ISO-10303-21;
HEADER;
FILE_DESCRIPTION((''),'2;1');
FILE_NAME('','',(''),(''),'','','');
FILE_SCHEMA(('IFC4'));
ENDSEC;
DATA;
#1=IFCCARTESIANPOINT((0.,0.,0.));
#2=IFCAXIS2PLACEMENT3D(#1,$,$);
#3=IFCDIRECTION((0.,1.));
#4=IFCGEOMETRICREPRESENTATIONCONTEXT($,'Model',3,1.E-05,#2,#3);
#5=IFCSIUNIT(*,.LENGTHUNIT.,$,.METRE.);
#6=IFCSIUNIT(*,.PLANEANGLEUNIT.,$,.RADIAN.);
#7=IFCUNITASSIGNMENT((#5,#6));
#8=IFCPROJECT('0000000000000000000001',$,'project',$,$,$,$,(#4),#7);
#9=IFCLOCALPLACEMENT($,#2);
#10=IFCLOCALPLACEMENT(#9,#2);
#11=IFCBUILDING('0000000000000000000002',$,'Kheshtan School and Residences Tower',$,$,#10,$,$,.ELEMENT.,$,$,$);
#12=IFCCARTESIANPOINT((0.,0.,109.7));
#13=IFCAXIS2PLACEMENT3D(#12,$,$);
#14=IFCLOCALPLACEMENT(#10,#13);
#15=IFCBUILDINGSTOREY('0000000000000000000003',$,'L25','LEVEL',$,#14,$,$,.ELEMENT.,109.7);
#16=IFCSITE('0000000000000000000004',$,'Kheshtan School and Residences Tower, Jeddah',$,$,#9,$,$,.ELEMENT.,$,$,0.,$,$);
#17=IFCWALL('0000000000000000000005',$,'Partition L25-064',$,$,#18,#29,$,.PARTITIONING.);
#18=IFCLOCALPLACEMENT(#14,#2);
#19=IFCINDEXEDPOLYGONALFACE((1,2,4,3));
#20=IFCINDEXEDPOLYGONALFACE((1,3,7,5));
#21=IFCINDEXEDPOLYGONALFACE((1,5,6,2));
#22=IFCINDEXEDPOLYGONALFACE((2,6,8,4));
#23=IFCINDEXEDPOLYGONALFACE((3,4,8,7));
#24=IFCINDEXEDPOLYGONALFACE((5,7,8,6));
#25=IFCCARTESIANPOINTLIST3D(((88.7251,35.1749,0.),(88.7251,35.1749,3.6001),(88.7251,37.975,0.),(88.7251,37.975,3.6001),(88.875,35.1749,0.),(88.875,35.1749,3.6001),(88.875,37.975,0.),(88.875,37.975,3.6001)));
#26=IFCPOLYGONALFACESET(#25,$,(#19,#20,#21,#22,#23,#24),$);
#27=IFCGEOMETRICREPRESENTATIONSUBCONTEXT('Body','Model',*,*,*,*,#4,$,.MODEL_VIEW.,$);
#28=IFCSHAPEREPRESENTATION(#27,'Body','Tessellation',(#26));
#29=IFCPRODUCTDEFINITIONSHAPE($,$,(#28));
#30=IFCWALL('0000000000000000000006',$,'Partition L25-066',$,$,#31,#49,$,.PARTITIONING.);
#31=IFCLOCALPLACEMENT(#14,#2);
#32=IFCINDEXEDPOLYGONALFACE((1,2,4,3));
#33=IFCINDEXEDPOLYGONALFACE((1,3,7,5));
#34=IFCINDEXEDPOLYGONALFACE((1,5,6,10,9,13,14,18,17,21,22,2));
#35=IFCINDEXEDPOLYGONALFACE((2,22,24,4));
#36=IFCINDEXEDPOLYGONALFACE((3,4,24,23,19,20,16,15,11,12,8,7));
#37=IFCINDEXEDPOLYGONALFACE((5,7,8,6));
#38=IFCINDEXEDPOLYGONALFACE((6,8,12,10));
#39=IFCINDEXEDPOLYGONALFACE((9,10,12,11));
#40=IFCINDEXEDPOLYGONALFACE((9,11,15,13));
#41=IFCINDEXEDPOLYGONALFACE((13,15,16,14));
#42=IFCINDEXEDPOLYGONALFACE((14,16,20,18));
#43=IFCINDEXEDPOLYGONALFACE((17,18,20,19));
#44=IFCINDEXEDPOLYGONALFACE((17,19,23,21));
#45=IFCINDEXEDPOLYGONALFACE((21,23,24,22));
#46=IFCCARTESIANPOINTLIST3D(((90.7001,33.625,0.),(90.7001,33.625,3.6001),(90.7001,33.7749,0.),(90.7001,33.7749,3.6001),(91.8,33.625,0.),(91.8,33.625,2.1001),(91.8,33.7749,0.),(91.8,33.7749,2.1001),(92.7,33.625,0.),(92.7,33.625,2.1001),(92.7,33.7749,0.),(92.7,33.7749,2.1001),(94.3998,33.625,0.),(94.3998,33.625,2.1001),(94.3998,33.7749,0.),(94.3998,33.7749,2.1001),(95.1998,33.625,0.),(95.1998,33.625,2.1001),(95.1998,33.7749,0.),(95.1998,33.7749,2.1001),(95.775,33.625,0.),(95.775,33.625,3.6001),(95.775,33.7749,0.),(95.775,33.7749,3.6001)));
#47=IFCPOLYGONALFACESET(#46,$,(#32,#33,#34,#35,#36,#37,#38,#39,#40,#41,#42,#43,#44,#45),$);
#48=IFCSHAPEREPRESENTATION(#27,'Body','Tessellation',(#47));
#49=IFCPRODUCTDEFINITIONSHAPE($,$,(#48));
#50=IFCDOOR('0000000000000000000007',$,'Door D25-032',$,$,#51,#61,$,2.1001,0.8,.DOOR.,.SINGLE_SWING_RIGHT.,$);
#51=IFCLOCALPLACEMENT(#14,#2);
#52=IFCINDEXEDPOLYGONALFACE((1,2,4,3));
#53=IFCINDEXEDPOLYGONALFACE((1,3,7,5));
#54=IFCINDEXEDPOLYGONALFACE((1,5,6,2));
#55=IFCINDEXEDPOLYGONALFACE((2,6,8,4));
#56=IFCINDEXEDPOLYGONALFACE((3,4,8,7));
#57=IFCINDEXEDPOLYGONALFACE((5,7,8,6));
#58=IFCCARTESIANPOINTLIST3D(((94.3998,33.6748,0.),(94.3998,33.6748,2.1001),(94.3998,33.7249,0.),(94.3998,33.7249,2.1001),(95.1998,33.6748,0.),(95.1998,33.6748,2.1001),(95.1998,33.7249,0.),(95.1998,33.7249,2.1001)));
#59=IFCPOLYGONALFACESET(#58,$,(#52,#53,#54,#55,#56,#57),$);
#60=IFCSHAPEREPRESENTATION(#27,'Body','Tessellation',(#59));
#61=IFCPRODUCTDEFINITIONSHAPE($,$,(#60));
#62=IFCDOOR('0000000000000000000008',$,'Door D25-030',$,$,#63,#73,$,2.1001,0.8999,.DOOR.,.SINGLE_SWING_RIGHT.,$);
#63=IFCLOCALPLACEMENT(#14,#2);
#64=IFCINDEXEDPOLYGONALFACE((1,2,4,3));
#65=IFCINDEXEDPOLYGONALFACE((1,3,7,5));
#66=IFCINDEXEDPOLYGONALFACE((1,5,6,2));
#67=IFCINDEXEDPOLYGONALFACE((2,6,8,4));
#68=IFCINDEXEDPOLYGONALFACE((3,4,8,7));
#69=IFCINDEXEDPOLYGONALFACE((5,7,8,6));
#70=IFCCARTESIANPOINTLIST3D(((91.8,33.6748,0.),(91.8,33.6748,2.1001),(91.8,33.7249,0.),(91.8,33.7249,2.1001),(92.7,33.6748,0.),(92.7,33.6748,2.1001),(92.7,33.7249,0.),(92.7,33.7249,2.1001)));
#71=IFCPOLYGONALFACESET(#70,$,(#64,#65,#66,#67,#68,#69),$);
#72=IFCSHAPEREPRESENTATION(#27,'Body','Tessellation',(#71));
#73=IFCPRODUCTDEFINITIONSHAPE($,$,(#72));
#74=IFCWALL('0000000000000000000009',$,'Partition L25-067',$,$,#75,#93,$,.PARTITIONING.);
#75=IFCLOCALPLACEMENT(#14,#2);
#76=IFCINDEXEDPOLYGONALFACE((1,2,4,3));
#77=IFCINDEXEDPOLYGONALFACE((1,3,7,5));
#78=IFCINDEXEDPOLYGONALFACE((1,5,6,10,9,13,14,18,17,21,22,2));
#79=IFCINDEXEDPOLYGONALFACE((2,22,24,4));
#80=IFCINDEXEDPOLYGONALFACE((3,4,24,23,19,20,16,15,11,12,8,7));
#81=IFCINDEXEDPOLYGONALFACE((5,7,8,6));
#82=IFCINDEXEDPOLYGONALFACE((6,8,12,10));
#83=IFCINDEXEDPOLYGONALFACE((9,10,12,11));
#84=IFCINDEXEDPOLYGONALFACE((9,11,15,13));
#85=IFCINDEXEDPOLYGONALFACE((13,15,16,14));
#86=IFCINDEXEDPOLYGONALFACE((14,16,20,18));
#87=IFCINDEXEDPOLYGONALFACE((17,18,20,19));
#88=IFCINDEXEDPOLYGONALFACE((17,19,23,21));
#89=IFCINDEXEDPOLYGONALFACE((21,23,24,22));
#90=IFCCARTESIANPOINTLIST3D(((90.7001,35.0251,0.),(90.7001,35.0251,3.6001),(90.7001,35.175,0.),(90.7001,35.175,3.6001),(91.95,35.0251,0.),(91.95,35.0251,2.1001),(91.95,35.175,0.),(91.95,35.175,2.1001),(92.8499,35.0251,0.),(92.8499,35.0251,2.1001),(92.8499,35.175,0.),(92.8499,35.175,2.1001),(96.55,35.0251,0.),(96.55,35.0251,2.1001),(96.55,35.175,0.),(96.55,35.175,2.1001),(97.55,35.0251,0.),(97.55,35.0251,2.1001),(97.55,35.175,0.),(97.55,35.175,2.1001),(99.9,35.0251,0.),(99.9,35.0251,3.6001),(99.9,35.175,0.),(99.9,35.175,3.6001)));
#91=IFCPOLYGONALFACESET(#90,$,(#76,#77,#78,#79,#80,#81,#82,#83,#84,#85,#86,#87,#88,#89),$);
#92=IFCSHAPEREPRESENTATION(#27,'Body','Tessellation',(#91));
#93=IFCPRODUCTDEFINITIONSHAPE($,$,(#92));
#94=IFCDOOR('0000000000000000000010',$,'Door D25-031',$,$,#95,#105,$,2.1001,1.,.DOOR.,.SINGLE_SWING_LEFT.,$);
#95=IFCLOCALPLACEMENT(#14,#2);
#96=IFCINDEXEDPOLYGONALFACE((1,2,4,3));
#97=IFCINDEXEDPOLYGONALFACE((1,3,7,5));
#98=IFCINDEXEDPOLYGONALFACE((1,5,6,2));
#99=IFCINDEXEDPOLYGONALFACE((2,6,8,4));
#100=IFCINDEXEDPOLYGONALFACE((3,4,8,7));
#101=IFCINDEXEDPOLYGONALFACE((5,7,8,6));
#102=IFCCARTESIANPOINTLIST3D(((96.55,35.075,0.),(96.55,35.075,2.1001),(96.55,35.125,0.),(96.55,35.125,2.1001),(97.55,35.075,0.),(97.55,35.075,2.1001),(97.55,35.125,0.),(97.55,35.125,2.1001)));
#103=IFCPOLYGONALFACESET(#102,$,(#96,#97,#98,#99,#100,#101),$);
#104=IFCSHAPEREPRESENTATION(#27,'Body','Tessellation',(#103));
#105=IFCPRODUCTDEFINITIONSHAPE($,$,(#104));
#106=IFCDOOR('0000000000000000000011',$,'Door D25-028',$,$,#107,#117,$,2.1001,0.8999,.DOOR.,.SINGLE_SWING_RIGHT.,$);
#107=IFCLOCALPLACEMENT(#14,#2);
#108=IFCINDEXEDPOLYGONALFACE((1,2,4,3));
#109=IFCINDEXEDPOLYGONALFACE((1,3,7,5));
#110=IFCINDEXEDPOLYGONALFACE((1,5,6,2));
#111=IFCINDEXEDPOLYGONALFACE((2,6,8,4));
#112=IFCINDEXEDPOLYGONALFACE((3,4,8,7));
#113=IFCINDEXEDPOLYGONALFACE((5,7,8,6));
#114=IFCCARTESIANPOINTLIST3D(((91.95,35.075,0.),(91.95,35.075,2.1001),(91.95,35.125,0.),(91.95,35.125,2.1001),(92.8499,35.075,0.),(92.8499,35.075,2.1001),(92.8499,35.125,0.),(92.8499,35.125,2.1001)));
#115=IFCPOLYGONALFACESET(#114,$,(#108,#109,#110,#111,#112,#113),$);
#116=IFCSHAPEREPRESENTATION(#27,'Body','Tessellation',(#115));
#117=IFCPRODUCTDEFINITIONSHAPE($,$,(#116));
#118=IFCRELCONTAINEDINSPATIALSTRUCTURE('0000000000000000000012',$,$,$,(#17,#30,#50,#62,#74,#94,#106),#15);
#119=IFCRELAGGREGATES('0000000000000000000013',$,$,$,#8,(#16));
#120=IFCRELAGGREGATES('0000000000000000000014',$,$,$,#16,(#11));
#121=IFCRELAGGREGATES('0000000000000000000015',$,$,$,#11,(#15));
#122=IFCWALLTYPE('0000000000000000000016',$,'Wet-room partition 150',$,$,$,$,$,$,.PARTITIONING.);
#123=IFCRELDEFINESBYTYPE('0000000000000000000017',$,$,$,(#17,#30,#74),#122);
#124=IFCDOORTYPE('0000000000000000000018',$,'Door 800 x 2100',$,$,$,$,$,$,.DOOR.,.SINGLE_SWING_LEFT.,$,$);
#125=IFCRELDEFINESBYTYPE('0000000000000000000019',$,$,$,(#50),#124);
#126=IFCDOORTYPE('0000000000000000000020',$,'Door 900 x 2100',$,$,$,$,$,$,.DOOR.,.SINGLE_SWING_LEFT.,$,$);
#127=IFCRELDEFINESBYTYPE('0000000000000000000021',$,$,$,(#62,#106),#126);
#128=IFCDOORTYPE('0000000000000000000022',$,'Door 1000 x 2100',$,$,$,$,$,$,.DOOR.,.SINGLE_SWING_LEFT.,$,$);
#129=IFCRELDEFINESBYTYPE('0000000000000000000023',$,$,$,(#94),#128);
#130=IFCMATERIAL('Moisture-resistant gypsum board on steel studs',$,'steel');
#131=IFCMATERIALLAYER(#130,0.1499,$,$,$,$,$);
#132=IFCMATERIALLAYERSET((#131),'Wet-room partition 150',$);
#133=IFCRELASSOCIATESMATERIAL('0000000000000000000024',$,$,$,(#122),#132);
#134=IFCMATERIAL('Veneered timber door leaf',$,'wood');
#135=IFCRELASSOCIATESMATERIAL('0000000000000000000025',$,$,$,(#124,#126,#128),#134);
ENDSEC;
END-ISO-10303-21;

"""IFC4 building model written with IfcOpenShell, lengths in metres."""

from ifc_helpers import new_model, si_unit, direction, frame, frame_2d, origin, place, context, subcontext, project, spatial, rectangle, extrude, source, transform, mapped, material, layer, layer_set, type_object, element, fill, save


model = new_model("IFC4")

# Units and contexts
model_context = context("Model", 3, precision=1e-05, world=origin(), true_north=direction((0.0, 1.0)))
body_context = subcontext(model_context, "Body", "Model", "MODEL_VIEW")
ifc_project = project(units=[si_unit("LENGTHUNIT", "METRE"), si_unit("PLANEANGLEUNIT", "RADIAN")], contexts=[model_context])

# Site, building, storey
site_placement = place(None, origin())
site = spatial("IfcSite", under=ifc_project, at=site_placement, Name="Kheshtan School and Residences Tower, Jeddah", CompositionType="ELEMENT", RefElevation=0.0)
building_placement = place(site_placement, origin())
building = spatial("IfcBuilding", under=site, at=building_placement, Name="Kheshtan School and Residences Tower", CompositionType="ELEMENT")
storey_placement = place(building_placement, frame((0.0, 0.0, 109.7)))
storey = spatial("IfcBuildingStorey", under=building, at=storey_placement, Name="L25", Description="LEVEL", CompositionType="ELEMENT", Elevation=109.7)

# Wall
ifc_material_1 = material(Name="Moisture-resistant gypsum board on steel studs", Category="steel")
ifc_layer_1 = layer(ifc_material_1, 0.1499)
ifc_layer_set_1 = layer_set([ifc_layer_1], Name="Wet-room partition 150")
wall_type_1 = type_object("IfcWallType", Name="Wet-room partition 150", PredefinedType="PARTITIONING", material=ifc_layer_set_1)
wall_1_placement = place(storey_placement, frame((88.8, 35.175, 0.0), z_axis=(0.0, 0.0, 1.0), x_axis=(0.0, 1.0, 0.0)))
element("IfcWall", 1, at=wall_1_placement, inside=storey, type_object=wall_type_1, Name="Partition L25-064", PredefinedType="PARTITIONING", context=body_context, shape_type="SweptSolid", body=[
    extrude(rectangle(XDim=2.8, YDim=0.1499, at=frame_2d((1.3999, 0.0))), origin(), (0.0, 0.0, 1.0), 3.6001),
])

# Walls, openings, doors
wall_2_placement = place(storey_placement, frame((90.7, 33.7, 0.0), z_axis=(0.0, 0.0, 1.0), x_axis=(1.0, 0.0, 0.0)))
wall_2 = element("IfcWall", 2, at=wall_2_placement, inside=storey, type_object=wall_type_1, Name="Partition L25-066", PredefinedType="PARTITIONING", context=body_context, shape_type="SweptSolid", body=[
    extrude(rectangle(XDim=5.075, YDim=0.1499, at=frame_2d((2.5376, 0.0))), origin(), (0.0, 0.0, 1.0), 3.6001),
])
opening_1_placement = place(wall_2_placement, frame((1.1001, 0.0, 0.0)))
opening_1 = element("IfcOpeningElement", 3, at=opening_1_placement, cuts=wall_2, PredefinedType="OPENING", context=body_context, shape_type="SweptSolid", body=[
    extrude(rectangle(XDim=0.8999, YDim=2.1001, at=frame_2d((0.45, 1.05))), frame((0.0, 0.085, 0.0), z_axis=(0.0, -1.0, 0.0), x_axis=(1.0, 0.0, 0.0)), (0.0, 0.0, 1.0), 0.1699),
])
opening_2_placement = place(wall_2_placement, frame((3.7, 0.0, 0.0)))
opening_2 = element("IfcOpeningElement", 4, at=opening_2_placement, cuts=wall_2, PredefinedType="OPENING", context=body_context, shape_type="SweptSolid", body=[
    extrude(rectangle(XDim=0.8, YDim=2.1001, at=frame_2d((0.3999, 1.05))), frame((0.0, 0.085, 0.0), z_axis=(0.0, -1.0, 0.0), x_axis=(1.0, 0.0, 0.0)), (0.0, 0.0, 1.0), 0.1699),
])
ifc_material_2 = material(Name="Veneered timber door leaf", Category="wood")
door_type_1 = type_object("IfcDoorType", Name="Door 800 x 2100", OperationType="SINGLE_SWING_LEFT", PredefinedType="DOOR", material=ifc_material_2)
shared_shape_1 = source(origin(), body_context, "Body", "SweptSolid", [
    extrude(rectangle(XDim=0.8, YDim=2.1001, at=frame_2d((0.3999, 1.05))), frame((0.0, 0.0249, 0.0), z_axis=(0.0, -1.0, 0.0), x_axis=(1.0, 0.0, 0.0)), (0.0, 0.0, 1.0), 0.05),
])
door_1_placement = place(opening_2_placement, origin())
door_1 = element("IfcDoor", 5, at=door_1_placement, inside=storey, type_object=door_type_1, Name="Door D25-032", OperationType="SINGLE_SWING_RIGHT", OverallHeight=2.1001, OverallWidth=0.8, PredefinedType="DOOR", context=body_context, shape_type="MappedRepresentation", body=[
    mapped(shared_shape_1, transform((0.0, 0.0, 0.0), x_axis=(1.0, 0.0, 0.0), y_axis=(0.0, 1.0, 0.0), z_axis=(0.0, 0.0, 1.0), scale=1.0)),
])
fill(opening_2, door_1)
door_type_2 = type_object("IfcDoorType", Name="Door 900 x 2100", OperationType="SINGLE_SWING_LEFT", PredefinedType="DOOR", material=ifc_material_2)
shared_shape_2 = source(origin(), body_context, "Body", "SweptSolid", [
    extrude(rectangle(XDim=0.8999, YDim=2.1001, at=frame_2d((0.45, 1.05))), frame((0.0, 0.0249, 0.0), z_axis=(0.0, -1.0, 0.0), x_axis=(1.0, 0.0, 0.0)), (0.0, 0.0, 1.0), 0.05),
])
door_2_placement = place(opening_1_placement, origin())
door_2 = element("IfcDoor", 6, at=door_2_placement, inside=storey, type_object=door_type_2, Name="Door D25-030", OperationType="SINGLE_SWING_RIGHT", OverallHeight=2.1001, OverallWidth=0.8999, PredefinedType="DOOR", context=body_context, shape_type="MappedRepresentation", body=[
    mapped(shared_shape_2, transform((0.0, 0.0, 0.0), x_axis=(1.0, 0.0, 0.0), y_axis=(0.0, 1.0, 0.0), z_axis=(0.0, 0.0, 1.0), scale=1.0)),
])
fill(opening_1, door_2)
wall_3_placement = place(storey_placement, frame((90.7, 35.1001, 0.0), z_axis=(0.0, 0.0, 1.0), x_axis=(1.0, 0.0, 0.0)))
wall_3 = element("IfcWall", 7, at=wall_3_placement, inside=storey, type_object=wall_type_1, Name="Partition L25-067", PredefinedType="PARTITIONING", context=body_context, shape_type="SweptSolid", body=[
    extrude(rectangle(XDim=9.2, YDim=0.1499, at=frame_2d((4.6001, 0.0))), origin(), (0.0, 0.0, 1.0), 3.6001),
])
opening_3_placement = place(wall_3_placement, frame((1.25, 0.0, 0.0)))
opening_3 = element("IfcOpeningElement", 8, at=opening_3_placement, cuts=wall_3, PredefinedType="OPENING", context=body_context, shape_type="SweptSolid", body=[
    extrude(rectangle(XDim=0.8999, YDim=2.1001, at=frame_2d((0.45, 1.05))), frame((0.0, 0.085, 0.0), z_axis=(0.0, -1.0, 0.0), x_axis=(1.0, 0.0, 0.0)), (0.0, 0.0, 1.0), 0.1699),
])
opening_4_placement = place(wall_3_placement, frame((5.8501, 0.0, 0.0)))
opening_4 = element("IfcOpeningElement", 9, at=opening_4_placement, cuts=wall_3, PredefinedType="OPENING", context=body_context, shape_type="SweptSolid", body=[
    extrude(rectangle(XDim=1.0, YDim=2.1001, at=frame_2d((0.5, 1.05))), frame((0.0, 0.085, 0.0), z_axis=(0.0, -1.0, 0.0), x_axis=(1.0, 0.0, 0.0)), (0.0, 0.0, 1.0), 0.1699),
])
door_type_3 = type_object("IfcDoorType", Name="Door 1000 x 2100", OperationType="SINGLE_SWING_LEFT", PredefinedType="DOOR", material=ifc_material_2)
shared_shape_3 = source(origin(), body_context, "Body", "SweptSolid", [
    extrude(rectangle(XDim=1.0, YDim=2.1001, at=frame_2d((0.5, 1.05))), frame((0.0, 0.0249, 0.0), z_axis=(0.0, -1.0, 0.0), x_axis=(1.0, 0.0, 0.0)), (0.0, 0.0, 1.0), 0.05),
])
door_3_placement = place(opening_4_placement, origin())
door_3 = element("IfcDoor", 10, at=door_3_placement, inside=storey, type_object=door_type_3, Name="Door D25-031", OperationType="SINGLE_SWING_LEFT", OverallHeight=2.1001, OverallWidth=1.0, PredefinedType="DOOR", context=body_context, shape_type="MappedRepresentation", body=[
    mapped(shared_shape_3, transform((0.0, 0.0, 0.0), x_axis=(1.0, 0.0, 0.0), y_axis=(0.0, 1.0, 0.0), z_axis=(0.0, 0.0, 1.0), scale=1.0)),
])
fill(opening_4, door_3)
door_4_placement = place(opening_3_placement, origin())
door_4 = element("IfcDoor", 11, at=door_4_placement, inside=storey, type_object=door_type_2, Name="Door D25-028", OperationType="SINGLE_SWING_RIGHT", OverallHeight=2.1001, OverallWidth=0.8999, PredefinedType="DOOR", context=body_context, shape_type="MappedRepresentation", body=[
    mapped(shared_shape_2, transform((0.0, 0.0, 0.0), x_axis=(1.0, 0.0, 0.0), y_axis=(0.0, 1.0, 0.0), z_axis=(0.0, 0.0, 1.0), scale=1.0)),
])
fill(opening_3, door_4)

save(model, "model.ifc")
